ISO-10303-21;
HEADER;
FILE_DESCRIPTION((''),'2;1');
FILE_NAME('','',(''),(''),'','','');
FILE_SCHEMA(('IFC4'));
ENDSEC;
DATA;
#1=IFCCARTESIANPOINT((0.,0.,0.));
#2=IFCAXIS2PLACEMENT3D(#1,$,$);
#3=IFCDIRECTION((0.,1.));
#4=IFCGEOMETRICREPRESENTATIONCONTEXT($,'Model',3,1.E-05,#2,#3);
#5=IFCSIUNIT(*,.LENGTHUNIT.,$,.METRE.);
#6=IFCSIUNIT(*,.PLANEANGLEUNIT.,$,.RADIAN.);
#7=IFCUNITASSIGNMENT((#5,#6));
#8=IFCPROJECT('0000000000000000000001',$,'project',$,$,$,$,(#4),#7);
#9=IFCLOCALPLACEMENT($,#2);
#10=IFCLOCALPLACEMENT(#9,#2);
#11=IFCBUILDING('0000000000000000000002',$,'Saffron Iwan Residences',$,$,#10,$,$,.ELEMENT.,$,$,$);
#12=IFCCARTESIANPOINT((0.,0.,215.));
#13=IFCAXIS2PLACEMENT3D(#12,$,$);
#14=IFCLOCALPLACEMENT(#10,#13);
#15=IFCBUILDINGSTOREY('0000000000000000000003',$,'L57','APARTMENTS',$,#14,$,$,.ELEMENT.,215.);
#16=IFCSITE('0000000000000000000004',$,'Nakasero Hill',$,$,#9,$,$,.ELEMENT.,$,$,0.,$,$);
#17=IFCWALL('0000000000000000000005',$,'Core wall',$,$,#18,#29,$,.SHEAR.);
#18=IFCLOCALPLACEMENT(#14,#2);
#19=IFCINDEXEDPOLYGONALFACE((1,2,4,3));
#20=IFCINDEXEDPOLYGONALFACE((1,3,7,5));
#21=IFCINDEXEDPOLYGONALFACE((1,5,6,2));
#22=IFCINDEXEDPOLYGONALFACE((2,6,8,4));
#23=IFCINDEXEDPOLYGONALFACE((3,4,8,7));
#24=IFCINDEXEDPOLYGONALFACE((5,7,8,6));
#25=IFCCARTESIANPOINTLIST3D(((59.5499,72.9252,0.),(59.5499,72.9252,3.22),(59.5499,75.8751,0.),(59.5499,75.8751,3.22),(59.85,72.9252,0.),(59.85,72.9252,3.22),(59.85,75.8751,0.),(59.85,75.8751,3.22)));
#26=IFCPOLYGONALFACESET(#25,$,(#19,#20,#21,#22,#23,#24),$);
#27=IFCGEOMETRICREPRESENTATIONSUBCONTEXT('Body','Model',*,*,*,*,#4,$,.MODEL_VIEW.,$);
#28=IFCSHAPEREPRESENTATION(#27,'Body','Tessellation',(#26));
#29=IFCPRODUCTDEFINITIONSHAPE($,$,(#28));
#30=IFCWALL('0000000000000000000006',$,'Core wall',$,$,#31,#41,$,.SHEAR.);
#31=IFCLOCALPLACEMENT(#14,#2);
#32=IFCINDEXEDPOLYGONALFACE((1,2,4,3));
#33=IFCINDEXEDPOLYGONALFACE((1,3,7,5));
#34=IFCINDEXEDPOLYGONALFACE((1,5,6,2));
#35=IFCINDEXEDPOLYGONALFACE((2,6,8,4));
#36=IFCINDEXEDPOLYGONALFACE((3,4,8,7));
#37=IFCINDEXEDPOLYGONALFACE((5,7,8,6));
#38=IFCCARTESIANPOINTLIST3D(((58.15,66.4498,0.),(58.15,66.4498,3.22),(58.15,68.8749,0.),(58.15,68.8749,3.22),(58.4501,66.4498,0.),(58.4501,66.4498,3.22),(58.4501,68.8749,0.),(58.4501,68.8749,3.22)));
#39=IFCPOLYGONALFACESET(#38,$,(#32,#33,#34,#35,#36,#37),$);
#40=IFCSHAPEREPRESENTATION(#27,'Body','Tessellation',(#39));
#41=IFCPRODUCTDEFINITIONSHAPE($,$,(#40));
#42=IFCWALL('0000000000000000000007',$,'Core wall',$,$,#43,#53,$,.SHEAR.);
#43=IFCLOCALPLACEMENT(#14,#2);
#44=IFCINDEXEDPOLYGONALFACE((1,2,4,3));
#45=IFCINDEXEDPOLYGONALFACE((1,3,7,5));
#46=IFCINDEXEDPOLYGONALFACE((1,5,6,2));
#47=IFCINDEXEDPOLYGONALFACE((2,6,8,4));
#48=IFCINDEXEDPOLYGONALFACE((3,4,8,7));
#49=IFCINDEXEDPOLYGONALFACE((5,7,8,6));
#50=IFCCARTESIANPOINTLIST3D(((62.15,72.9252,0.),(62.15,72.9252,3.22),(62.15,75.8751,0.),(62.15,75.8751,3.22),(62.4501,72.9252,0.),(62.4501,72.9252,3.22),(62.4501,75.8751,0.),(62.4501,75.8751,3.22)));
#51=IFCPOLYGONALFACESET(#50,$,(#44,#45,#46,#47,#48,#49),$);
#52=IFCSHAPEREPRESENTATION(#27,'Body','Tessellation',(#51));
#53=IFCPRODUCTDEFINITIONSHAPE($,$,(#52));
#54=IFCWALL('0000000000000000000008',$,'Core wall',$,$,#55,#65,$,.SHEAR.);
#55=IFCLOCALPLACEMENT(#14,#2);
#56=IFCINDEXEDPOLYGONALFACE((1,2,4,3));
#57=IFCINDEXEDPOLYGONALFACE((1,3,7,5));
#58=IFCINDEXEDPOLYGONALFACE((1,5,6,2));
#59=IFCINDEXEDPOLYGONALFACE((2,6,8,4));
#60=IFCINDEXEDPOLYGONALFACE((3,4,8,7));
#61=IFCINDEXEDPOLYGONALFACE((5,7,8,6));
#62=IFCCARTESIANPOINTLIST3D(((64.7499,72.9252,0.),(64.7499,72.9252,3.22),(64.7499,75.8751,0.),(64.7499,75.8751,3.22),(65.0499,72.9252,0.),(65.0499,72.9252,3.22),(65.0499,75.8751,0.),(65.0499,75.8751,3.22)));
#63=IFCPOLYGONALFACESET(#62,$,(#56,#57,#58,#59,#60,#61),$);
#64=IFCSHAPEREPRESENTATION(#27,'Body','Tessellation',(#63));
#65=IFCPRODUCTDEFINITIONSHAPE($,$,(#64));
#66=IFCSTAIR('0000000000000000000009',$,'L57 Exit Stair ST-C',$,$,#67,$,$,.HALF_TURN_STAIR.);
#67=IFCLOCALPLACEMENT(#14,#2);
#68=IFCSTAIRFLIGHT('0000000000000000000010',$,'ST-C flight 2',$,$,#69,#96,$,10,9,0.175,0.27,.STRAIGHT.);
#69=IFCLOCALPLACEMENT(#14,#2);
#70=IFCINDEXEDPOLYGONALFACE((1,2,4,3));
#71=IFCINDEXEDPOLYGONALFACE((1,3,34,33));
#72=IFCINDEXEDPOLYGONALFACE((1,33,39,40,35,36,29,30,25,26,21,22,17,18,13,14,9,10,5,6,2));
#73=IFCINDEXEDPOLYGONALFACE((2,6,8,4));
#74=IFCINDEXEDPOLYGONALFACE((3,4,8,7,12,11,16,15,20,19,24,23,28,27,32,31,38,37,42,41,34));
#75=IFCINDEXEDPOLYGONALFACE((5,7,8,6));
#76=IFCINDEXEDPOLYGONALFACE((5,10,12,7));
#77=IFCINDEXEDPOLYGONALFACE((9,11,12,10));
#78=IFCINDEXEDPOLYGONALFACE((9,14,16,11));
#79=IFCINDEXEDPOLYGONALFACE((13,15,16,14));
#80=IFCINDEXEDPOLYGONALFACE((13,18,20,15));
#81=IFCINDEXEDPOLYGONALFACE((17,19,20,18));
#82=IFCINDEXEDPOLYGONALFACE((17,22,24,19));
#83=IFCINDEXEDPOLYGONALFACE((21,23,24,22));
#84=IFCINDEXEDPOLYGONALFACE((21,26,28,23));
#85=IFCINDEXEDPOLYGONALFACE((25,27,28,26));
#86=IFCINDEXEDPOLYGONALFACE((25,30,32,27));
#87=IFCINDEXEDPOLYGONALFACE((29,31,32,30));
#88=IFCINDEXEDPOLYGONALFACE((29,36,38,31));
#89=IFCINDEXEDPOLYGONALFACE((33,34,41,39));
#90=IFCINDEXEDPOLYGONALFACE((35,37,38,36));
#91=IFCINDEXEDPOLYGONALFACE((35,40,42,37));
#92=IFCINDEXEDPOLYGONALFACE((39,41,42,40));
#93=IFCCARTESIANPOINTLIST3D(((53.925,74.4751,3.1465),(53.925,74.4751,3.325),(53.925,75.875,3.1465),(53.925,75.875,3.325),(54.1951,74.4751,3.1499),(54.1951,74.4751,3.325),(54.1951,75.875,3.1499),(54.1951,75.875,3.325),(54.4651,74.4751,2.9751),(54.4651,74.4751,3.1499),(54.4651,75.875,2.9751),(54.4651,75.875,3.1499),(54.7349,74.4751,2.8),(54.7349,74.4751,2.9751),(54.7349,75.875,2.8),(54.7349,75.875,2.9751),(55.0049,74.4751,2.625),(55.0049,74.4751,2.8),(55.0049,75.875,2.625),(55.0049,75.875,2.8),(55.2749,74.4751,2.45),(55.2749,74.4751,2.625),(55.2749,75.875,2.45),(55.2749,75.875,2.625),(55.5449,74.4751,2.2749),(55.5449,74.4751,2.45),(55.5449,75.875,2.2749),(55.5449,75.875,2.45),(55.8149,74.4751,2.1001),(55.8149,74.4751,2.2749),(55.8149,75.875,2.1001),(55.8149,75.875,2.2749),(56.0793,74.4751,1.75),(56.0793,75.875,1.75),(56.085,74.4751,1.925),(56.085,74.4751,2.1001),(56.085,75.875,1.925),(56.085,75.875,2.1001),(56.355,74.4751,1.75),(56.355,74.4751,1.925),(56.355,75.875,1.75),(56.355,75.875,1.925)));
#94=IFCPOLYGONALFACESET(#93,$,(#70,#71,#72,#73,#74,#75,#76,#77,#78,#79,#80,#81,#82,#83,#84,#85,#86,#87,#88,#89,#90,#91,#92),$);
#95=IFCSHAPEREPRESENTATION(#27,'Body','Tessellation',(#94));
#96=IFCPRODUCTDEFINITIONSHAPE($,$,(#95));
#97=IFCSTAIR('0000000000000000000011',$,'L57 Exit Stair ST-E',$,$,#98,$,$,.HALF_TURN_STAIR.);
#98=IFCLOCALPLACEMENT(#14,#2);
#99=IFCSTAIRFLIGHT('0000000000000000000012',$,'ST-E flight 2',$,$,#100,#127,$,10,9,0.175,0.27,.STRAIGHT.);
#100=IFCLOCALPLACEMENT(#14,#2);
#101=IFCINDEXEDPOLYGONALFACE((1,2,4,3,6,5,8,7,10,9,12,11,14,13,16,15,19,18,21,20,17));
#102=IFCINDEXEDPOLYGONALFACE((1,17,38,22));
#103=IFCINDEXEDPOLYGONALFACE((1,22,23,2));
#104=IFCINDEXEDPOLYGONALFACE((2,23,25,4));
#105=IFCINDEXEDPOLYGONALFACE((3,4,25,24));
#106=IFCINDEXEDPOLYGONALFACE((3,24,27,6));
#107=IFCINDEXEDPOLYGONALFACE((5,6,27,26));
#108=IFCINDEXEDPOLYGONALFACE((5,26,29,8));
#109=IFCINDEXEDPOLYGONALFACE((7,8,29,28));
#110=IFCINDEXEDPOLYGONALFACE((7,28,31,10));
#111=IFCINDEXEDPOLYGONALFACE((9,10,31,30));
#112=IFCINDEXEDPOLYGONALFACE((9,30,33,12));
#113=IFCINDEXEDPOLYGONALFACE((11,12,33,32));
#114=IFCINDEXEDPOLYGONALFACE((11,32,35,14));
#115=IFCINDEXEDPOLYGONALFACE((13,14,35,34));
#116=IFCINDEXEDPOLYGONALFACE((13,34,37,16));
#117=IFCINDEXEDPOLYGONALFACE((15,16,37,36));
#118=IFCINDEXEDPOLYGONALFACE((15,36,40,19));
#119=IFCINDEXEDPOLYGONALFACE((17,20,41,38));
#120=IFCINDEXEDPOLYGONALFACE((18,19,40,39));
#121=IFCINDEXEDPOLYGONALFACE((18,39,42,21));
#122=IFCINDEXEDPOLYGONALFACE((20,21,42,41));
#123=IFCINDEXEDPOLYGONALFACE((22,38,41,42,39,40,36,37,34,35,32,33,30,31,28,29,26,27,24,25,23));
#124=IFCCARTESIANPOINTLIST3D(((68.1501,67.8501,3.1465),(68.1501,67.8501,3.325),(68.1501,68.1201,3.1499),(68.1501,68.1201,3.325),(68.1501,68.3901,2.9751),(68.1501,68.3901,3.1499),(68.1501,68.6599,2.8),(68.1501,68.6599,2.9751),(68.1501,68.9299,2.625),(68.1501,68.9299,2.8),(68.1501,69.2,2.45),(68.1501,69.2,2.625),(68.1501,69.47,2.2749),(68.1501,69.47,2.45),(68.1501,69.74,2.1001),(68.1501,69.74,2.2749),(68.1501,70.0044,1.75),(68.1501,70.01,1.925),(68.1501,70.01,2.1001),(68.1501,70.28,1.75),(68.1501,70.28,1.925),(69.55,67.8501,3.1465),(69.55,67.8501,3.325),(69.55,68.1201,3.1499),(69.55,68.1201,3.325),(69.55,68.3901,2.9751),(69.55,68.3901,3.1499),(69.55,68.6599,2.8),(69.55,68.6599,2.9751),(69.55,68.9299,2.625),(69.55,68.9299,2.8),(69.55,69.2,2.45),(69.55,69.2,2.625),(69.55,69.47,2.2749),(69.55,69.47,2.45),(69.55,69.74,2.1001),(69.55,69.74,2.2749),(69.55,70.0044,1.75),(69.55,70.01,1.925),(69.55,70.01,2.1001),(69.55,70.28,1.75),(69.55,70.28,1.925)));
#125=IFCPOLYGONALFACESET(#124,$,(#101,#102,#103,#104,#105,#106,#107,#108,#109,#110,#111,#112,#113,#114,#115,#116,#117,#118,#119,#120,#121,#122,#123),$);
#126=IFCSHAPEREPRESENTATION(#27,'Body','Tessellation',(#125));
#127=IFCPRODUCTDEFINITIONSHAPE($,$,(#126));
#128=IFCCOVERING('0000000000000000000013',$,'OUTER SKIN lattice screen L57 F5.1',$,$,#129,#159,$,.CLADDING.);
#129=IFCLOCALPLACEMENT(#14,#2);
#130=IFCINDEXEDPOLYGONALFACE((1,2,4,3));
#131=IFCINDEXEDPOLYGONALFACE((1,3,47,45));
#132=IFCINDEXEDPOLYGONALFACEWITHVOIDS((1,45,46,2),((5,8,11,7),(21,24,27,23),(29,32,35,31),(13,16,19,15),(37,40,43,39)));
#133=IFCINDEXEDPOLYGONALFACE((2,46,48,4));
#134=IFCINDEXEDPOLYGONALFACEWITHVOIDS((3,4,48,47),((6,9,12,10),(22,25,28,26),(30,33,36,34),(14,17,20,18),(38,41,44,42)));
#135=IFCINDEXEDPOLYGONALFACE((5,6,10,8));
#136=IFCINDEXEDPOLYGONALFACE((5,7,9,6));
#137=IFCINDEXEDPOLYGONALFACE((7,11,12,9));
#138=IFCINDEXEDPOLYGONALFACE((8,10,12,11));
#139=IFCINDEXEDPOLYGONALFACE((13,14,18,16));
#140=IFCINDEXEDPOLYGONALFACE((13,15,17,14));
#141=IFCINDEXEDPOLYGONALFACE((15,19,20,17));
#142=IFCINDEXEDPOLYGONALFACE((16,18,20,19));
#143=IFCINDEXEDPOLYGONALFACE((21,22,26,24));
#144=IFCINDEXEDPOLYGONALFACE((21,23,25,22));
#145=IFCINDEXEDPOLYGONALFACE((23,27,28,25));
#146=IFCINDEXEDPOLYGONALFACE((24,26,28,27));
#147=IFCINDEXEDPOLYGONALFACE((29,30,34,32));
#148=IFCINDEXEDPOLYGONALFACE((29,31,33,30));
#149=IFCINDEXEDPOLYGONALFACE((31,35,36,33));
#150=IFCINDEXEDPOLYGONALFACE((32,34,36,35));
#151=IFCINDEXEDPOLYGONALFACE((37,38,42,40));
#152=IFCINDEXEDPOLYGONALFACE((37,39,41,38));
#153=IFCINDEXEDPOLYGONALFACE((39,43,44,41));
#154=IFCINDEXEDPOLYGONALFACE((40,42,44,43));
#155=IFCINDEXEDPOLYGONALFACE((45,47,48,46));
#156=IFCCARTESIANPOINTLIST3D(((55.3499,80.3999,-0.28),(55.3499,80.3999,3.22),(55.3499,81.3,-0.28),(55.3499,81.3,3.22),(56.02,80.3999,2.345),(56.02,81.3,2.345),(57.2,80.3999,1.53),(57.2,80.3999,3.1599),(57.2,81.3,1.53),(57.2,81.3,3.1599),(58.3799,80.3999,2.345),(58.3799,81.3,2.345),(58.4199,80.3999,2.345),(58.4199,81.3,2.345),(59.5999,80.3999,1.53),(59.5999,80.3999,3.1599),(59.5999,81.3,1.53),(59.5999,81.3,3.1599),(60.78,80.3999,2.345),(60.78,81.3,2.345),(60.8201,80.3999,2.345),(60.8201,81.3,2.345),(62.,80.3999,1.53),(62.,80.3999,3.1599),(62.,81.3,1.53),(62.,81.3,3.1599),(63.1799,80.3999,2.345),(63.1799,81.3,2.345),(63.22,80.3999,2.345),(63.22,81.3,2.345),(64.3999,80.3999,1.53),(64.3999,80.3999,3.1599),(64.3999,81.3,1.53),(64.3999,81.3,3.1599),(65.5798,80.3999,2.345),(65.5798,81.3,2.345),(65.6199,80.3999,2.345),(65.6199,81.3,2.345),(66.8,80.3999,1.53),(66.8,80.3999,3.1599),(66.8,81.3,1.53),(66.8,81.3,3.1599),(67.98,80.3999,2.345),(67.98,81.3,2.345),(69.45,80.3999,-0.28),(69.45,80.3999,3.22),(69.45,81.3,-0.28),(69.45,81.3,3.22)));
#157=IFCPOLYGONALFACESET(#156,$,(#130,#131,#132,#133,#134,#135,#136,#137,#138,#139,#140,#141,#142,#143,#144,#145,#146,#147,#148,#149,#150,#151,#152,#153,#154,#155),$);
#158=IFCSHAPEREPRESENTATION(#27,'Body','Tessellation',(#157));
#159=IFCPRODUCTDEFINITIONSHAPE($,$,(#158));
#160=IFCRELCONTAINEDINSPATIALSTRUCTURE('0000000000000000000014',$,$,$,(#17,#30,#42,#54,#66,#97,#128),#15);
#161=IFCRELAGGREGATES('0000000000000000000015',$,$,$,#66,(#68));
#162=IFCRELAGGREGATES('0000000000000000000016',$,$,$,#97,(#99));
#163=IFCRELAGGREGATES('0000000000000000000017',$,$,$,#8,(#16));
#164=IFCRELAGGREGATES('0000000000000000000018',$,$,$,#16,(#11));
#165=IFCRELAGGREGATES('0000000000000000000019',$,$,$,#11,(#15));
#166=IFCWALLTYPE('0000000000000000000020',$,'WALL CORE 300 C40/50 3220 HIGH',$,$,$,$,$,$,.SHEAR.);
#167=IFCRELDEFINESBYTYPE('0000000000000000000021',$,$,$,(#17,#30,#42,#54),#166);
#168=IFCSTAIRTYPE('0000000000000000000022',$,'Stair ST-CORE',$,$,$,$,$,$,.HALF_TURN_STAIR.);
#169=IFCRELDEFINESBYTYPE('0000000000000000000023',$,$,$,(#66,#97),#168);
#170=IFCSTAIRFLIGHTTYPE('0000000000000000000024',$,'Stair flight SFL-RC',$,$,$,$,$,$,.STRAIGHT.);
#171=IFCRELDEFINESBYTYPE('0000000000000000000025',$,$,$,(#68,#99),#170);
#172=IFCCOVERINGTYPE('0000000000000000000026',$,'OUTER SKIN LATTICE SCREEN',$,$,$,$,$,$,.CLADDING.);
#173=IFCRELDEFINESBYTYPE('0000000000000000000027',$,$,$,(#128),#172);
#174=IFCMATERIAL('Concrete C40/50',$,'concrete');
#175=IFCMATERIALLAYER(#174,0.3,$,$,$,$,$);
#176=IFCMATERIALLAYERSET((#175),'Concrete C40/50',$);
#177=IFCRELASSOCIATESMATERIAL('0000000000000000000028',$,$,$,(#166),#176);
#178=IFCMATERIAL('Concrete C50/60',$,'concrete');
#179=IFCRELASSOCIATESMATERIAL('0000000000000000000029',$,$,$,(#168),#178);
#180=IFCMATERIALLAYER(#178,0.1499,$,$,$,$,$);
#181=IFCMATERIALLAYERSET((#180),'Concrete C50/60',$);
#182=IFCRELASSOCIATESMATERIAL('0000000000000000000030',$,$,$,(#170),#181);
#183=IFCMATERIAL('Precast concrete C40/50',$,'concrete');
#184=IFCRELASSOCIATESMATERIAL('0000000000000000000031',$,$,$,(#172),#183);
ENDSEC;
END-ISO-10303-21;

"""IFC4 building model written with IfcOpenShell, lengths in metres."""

from ifc_helpers import new_model, si_unit, direction, frame, frame_2d, origin, place, context, subcontext, project, spatial, polyline, rectangle, outline, extrude, material, layer, layer_set, type_object, element, aggregate, save


model = new_model("IFC4")

# Units and contexts
model_context = context("Model", 3, precision=1e-05, world=origin(), true_north=direction((0.0, 1.0)))
body_context = subcontext(model_context, "Body", "Model", "MODEL_VIEW")
ifc_project = project(units=[si_unit("LENGTHUNIT", "METRE"), si_unit("PLANEANGLEUNIT", "RADIAN")], contexts=[model_context])

# Site, building, storey
site_placement = place(None, origin())
site = spatial("IfcSite", under=ifc_project, at=site_placement, Name="Nakasero Hill", CompositionType="ELEMENT", RefElevation=0.0)
building_placement = place(site_placement, origin())
building = spatial("IfcBuilding", under=site, at=building_placement, Name="Saffron Iwan Residences", CompositionType="ELEMENT")
storey_placement = place(building_placement, frame((0.0, 0.0, 215.0)))
storey = spatial("IfcBuildingStorey", under=building, at=storey_placement, Name="L57", Description="APARTMENTS", CompositionType="ELEMENT", Elevation=215.0)

# Shared definitions
ifc_material_1 = material(Name="Concrete C40/50", Category="concrete")

# Shared definitions
ifc_layer_1 = layer(ifc_material_1, 0.3)
ifc_layer_set_1 = layer_set([ifc_layer_1], Name="Concrete C40/50")
wall_type_1 = type_object("IfcWallType", Name="WALL CORE 300 C40/50 3220 HIGH", PredefinedType="SHEAR", material=ifc_layer_set_1)

# Walls
wall_1_placement = place(storey_placement, frame((59.7, 72.925, 0.0), z_axis=(0.0, 0.0, 1.0), x_axis=(0.0, 1.0, 0.0)))
element("IfcWall", 1, at=wall_1_placement, inside=storey, type_object=wall_type_1, Name="Core wall", PredefinedType="SHEAR", context=body_context, shape_type="SweptSolid", body=[
    extrude(rectangle(XDim=2.95, YDim=0.3, at=frame_2d((1.4751, 0.0))), origin(), (0.0, 0.0, 1.0), 3.22),
])
wall_2_placement = place(storey_placement, frame((58.3, 66.45, 0.0), z_axis=(0.0, 0.0, 1.0), x_axis=(0.0, 1.0, 0.0)))
element("IfcWall", 2, at=wall_2_placement, inside=storey, type_object=wall_type_1, Name="Core wall", PredefinedType="SHEAR", context=body_context, shape_type="SweptSolid", body=[
    extrude(rectangle(XDim=2.425, YDim=0.3, at=frame_2d((1.2124, 0.0))), origin(), (0.0, 0.0, 1.0), 3.22),
])
for number, where, z_axis, x_axis, name in (
    (3, (62.3, 72.925, 0.0), (0.0, 0.0, 1.0), (0.0, 1.0, 0.0), "Core wall"),
    (4, (64.8999, 72.925, 0.0), (0.0, 0.0, 1.0), (0.0, 1.0, 0.0), "Core wall"),
):
    element("IfcWall", number, at=place(storey_placement, frame(where, z_axis=z_axis, x_axis=x_axis)), inside=storey, type_object=wall_type_1, Name=name, PredefinedType="SHEAR", context=body_context, shape_type="SweptSolid", body=[
        extrude(rectangle(XDim=2.95, YDim=0.3, at=frame_2d((1.4751, 0.0))), origin(), (0.0, 0.0, 1.0), 3.22),
    ])

# Stairs, stair flights
ifc_material_2 = material(Name="Concrete C50/60", Category="concrete")
stair_type = type_object("IfcStairType", Name="Stair ST-CORE", PredefinedType="HALF_TURN_STAIR", material=ifc_material_2)
stair_1_placement = place(storey_placement, origin())
stair_1 = element("IfcStair", 5, at=stair_1_placement, inside=storey, type_object=stair_type, Name="L57 Exit Stair ST-C", PredefinedType="HALF_TURN_STAIR")
ifc_layer_2 = layer(ifc_material_2, 0.1499)
ifc_layer_set_2 = layer_set([ifc_layer_2], Name="Concrete C50/60")
stair_flight_type = type_object("IfcStairFlightType", Name="Stair flight SFL-RC", PredefinedType="STRAIGHT", material=ifc_layer_set_2)
stair_flight_1_placement = place(storey_placement, frame((56.355, 75.175, 1.75), z_axis=(0.0, 0.0, 1.0), x_axis=(-1.0, 0.0, 0.0)))
stair_flight_1 = element("IfcStairFlight", 6, at=stair_flight_1_placement, type_object=stair_flight_type, Name="ST-C flight 2", NumberOfRisers=10, NumberOfTreads=9, PredefinedType="STRAIGHT", RiserHeight=0.175, TreadLength=0.27, context=body_context, shape_type="SweptSolid", body=[
    extrude(outline(polyline([(0.0, 0.0), (0.0, 0.175), (0.27, 0.175), (0.27, 0.3501), (0.54, 0.3501), (0.54, 0.5249), (0.8101, 0.5249), (0.8101, 0.7), (1.0801, 0.7), (1.0801, 0.875), (1.3501, 0.875), (1.3501, 1.05), (1.6201, 1.05), (1.6201, 1.2251), (1.8899, 1.2251), (1.8899, 1.3999), (2.1599, 1.3999), (2.1599, 1.575), (2.4299, 1.575), (2.4299, 1.75), (2.4299, 1.3965), (0.2756, 0.0), (0.0, 0.0)])), frame((0.0, 0.7, 0.0), z_axis=(0.0, -1.0, 0.0), x_axis=(1.0, 0.0, 0.0)), (0.0, 0.0, 1.0), 1.3999),
])
aggregate(stair_1, [stair_flight_1])
stair_2_placement = place(storey_placement, origin())
stair_2 = element("IfcStair", 7, at=stair_2_placement, inside=storey, type_object=stair_type, Name="L57 Exit Stair ST-E", PredefinedType="HALF_TURN_STAIR")
stair_flight_2_placement = place(storey_placement, frame((68.8501, 70.28, 1.75), z_axis=(0.0, 0.0, 1.0), x_axis=(0.0, -1.0, 0.0)))
stair_flight_2 = element("IfcStairFlight", 8, at=stair_flight_2_placement, type_object=stair_flight_type, Name="ST-E flight 2", NumberOfRisers=10, NumberOfTreads=9, PredefinedType="STRAIGHT", RiserHeight=0.175, TreadLength=0.27, context=body_context, shape_type="SweptSolid", body=[
    extrude(outline(polyline([(0.0, 0.0), (0.0, 0.175), (0.27, 0.175), (0.27, 0.3501), (0.54, 0.3501), (0.54, 0.5249), (0.8101, 0.5249), (0.8101, 0.7), (1.0801, 0.7), (1.0801, 0.875), (1.3501, 0.875), (1.3501, 1.05), (1.6201, 1.05), (1.6201, 1.2251), (1.8899, 1.2251), (1.8899, 1.3999), (2.1599, 1.3999), (2.1599, 1.575), (2.4299, 1.575), (2.4299, 1.75), (2.4299, 1.3965), (0.2756, 0.0), (0.0, 0.0)])), frame((0.0, 0.7, 0.0), z_axis=(0.0, -1.0, 0.0), x_axis=(1.0, 0.0, 0.0)), (0.0, 0.0, 1.0), 1.3999),
])
aggregate(stair_2, [stair_flight_2])

# Covering
ifc_material_3 = material(Name="Precast concrete C40/50", Category="concrete")
covering_type = type_object("IfcCoveringType", Name="OUTER SKIN LATTICE SCREEN", PredefinedType="CLADDING", material=ifc_material_3)
covering_placement = place(storey_placement, frame((69.45, 80.3999, -0.28), z_axis=(0.0, 1.0, 0.0), x_axis=(-1.0, 0.0, 0.0)))
element("IfcCovering", 9, at=covering_placement, inside=storey, type_object=covering_type, Name="OUTER SKIN lattice screen L57 F5.1", PredefinedType="CLADDING", context=body_context, shape_type="SweptSolid", body=[
    extrude(outline(polyline([(0.0, 0.0), (14.1001, 0.0), (14.1001, 3.5), (0.0, 3.5), (0.0, 0.0)]), holes=[polyline([(1.47, 2.625), (2.6499, 1.8101), (3.8301, 2.625), (2.6499, 3.4399), (1.47, 2.625)]), polyline([(3.8701, 2.625), (5.05, 1.8101), (6.23, 2.625), (5.05, 3.4399), (3.8701, 2.625)]), polyline([(6.27, 2.625), (7.45, 1.8101), (8.6299, 2.625), (7.45, 3.4399), (6.27, 2.625)]), polyline([(8.6699, 2.625), (9.8501, 1.8101), (11.03, 2.625), (9.8501, 3.4399), (8.6699, 2.625)]), polyline([(11.0701, 2.625), (12.25, 1.8101), (13.4299, 2.625), (12.25, 3.4399), (11.0701, 2.625)])]), origin(), (0.0, 0.0, 1.0), 0.9001),
])

save(model, "model.ifc")
